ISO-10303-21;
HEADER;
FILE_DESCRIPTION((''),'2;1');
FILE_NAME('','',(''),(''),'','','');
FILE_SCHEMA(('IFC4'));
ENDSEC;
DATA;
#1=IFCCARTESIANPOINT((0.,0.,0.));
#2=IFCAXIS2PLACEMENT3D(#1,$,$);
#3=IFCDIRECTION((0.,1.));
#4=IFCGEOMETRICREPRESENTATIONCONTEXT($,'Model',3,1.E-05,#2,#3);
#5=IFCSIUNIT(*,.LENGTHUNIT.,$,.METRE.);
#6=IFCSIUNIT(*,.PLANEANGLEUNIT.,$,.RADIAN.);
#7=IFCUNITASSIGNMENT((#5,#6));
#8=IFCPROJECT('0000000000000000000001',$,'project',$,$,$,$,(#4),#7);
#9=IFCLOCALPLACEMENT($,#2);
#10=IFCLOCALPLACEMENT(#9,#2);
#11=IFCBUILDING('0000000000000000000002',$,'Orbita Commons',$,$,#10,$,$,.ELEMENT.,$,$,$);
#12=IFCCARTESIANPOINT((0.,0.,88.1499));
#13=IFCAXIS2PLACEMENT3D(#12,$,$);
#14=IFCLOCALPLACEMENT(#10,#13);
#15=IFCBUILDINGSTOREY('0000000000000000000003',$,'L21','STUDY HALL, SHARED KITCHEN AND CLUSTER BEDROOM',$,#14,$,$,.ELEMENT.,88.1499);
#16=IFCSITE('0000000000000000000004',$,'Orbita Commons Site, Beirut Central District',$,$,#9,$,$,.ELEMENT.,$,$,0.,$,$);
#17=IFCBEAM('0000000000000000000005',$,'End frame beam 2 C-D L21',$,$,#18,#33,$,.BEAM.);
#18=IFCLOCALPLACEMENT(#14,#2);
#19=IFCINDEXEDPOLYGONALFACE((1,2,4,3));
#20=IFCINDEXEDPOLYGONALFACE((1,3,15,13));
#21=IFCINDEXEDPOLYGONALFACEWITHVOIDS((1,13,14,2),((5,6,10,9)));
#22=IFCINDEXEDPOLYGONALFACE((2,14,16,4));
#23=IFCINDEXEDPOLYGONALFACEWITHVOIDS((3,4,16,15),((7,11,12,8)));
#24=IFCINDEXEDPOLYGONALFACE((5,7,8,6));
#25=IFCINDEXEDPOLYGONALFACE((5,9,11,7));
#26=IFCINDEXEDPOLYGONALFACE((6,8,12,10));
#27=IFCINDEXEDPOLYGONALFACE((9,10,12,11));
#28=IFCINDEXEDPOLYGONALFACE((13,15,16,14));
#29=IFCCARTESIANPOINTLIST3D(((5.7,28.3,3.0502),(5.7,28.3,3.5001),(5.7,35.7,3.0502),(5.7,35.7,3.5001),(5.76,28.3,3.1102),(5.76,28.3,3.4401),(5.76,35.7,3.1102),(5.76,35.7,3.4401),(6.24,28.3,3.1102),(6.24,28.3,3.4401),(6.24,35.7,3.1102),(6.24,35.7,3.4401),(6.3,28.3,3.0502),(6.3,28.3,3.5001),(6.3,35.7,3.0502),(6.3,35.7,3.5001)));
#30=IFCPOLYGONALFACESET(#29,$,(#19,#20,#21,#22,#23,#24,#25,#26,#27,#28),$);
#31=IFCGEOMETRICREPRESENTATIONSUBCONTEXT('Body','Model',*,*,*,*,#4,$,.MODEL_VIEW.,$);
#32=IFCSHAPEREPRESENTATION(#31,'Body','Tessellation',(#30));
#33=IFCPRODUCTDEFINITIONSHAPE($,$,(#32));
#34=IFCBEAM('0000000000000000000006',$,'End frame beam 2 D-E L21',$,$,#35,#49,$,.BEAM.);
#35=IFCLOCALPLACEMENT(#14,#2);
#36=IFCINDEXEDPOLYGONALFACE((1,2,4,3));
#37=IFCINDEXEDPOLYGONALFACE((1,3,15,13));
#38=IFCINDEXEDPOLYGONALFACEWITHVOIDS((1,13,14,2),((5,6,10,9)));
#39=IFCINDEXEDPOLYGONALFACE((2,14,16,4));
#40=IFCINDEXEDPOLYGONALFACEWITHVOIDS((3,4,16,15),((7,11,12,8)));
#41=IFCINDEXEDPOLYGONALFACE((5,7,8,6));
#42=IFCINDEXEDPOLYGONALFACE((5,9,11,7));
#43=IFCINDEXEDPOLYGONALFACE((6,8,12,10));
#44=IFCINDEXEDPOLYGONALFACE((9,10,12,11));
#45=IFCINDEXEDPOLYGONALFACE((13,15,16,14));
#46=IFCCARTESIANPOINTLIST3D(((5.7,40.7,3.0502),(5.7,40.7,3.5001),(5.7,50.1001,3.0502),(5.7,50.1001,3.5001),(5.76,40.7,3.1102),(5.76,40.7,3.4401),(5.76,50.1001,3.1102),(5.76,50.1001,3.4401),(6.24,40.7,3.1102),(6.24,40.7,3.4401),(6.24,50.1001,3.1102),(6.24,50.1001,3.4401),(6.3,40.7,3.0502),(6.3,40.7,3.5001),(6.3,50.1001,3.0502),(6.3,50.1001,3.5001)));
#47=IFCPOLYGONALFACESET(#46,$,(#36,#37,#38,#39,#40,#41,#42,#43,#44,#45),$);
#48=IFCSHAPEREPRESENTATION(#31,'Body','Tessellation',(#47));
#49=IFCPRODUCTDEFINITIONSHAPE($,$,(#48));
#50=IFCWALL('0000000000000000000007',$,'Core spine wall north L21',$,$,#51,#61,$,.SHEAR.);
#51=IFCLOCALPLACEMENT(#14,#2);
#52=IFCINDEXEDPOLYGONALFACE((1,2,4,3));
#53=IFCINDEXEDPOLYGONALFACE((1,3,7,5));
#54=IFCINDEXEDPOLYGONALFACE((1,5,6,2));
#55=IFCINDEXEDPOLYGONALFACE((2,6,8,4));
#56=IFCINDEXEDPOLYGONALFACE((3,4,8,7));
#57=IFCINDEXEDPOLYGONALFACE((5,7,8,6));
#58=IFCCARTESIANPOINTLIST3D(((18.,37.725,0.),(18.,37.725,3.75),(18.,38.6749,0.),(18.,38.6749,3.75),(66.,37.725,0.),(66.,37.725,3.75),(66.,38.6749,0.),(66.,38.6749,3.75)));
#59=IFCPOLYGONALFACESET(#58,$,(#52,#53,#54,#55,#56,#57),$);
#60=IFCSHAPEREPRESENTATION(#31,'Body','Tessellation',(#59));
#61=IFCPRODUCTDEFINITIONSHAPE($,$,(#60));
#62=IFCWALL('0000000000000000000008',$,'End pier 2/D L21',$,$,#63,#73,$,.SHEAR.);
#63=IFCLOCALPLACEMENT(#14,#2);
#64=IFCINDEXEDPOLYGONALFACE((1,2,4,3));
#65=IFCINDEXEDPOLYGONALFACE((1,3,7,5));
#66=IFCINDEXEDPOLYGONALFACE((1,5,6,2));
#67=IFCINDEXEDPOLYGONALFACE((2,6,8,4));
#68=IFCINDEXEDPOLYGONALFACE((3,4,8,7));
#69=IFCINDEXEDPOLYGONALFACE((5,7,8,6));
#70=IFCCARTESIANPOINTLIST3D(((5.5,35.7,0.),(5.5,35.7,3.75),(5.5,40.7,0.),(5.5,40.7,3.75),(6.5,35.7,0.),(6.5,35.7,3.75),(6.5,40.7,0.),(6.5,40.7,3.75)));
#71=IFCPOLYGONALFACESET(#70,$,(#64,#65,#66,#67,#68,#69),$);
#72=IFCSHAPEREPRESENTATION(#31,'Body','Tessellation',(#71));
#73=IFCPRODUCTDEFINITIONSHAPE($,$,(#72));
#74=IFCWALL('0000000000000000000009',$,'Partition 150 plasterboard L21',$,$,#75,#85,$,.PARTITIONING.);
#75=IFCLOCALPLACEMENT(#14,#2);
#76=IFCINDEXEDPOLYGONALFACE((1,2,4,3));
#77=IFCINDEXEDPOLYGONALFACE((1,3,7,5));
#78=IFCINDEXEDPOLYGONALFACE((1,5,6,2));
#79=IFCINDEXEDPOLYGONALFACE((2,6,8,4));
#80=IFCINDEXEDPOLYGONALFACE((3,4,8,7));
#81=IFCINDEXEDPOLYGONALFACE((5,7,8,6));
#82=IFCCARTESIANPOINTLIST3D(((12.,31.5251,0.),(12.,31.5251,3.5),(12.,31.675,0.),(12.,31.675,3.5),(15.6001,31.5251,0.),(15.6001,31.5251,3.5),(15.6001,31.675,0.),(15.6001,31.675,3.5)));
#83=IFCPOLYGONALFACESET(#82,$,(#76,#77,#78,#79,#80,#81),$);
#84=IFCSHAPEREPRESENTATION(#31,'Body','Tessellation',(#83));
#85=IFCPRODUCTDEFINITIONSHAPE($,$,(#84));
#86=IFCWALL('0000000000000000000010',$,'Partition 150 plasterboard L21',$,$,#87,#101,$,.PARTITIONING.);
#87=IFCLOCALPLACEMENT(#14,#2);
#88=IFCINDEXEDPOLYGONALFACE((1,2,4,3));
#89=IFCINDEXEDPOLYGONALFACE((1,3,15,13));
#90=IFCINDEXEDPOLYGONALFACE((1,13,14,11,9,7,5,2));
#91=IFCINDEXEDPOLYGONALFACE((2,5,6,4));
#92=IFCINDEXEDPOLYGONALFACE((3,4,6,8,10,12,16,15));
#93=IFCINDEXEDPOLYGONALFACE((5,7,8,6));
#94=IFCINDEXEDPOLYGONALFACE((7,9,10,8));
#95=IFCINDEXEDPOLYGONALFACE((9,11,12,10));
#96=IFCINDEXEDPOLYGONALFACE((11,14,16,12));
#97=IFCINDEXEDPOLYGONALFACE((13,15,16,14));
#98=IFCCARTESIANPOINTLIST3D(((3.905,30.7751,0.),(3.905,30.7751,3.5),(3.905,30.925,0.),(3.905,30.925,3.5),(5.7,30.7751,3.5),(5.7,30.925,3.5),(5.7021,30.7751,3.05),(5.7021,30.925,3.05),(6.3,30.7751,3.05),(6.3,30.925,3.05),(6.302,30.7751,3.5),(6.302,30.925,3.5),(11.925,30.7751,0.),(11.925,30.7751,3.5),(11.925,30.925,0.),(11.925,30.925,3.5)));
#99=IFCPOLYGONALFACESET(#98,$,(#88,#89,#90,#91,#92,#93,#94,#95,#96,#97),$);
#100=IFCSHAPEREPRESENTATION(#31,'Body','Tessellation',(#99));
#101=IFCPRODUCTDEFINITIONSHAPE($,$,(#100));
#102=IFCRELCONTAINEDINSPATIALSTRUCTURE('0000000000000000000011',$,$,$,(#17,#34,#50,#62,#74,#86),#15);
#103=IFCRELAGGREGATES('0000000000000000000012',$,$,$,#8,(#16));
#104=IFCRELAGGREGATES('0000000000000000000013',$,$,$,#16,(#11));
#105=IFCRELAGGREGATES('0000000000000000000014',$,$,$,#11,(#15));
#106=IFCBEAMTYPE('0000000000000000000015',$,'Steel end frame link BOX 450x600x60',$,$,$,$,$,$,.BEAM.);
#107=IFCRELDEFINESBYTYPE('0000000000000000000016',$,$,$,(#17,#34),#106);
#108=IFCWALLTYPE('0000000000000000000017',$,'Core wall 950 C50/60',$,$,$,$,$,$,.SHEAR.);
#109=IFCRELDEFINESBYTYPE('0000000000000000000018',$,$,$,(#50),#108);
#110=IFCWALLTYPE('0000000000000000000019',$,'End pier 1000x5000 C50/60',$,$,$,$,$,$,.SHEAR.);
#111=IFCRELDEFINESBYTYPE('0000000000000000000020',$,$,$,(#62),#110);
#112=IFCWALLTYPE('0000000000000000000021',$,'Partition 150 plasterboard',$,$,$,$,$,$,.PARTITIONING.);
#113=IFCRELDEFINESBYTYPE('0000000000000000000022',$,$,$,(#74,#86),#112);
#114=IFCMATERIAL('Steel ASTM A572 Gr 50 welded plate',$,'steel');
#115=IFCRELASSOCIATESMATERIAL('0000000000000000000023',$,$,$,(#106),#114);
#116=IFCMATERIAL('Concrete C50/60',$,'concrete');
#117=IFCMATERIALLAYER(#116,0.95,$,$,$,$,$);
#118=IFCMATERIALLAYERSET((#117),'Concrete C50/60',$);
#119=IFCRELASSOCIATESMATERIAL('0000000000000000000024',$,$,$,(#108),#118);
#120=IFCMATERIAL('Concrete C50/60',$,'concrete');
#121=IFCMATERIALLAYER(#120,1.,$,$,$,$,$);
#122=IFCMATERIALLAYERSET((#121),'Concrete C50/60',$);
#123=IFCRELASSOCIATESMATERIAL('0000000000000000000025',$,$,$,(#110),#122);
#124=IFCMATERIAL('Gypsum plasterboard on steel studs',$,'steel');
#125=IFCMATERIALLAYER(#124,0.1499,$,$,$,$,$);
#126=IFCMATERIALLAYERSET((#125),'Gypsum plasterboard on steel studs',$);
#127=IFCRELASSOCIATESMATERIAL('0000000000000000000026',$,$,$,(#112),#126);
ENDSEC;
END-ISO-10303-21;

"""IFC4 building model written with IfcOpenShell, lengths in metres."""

from ifc_helpers import new_model, si_unit, direction, frame, frame_2d, origin, origin_2d, place, context, subcontext, project, spatial, polyline, rectangle, hollow_rectangle, outline, extrude, material, layer, layer_set, material_profile, profile_set, type_object, element, save


model = new_model("IFC4")

# Units and contexts
model_context = context("Model", 3, precision=1e-05, world=origin(), true_north=direction((0.0, 1.0)))
body_context = subcontext(model_context, "Body", "Model", "MODEL_VIEW")
ifc_project = project(units=[si_unit("LENGTHUNIT", "METRE"), si_unit("PLANEANGLEUNIT", "RADIAN")], contexts=[model_context])

# Site, building, storey
site_placement = place(None, origin())
site = spatial("IfcSite", under=ifc_project, at=site_placement, Name="Orbita Commons Site, Beirut Central District", CompositionType="ELEMENT", RefElevation=0.0)
building_placement = place(site_placement, origin())
building = spatial("IfcBuilding", under=site, at=building_placement, Name="Orbita Commons", CompositionType="ELEMENT")
storey_placement = place(building_placement, frame((0.0, 0.0, 88.1499)))
storey = spatial("IfcBuildingStorey", under=building, at=storey_placement, Name="L21", Description="STUDY HALL, SHARED KITCHEN AND CLUSTER BEDROOM", CompositionType="ELEMENT", Elevation=88.1499)

# Beams
ifc_material_1 = material(Name="Steel ASTM A572 Gr 50 welded plate", Category="steel")
ifc_material_profile = material_profile(ifc_material_1, hollow_rectangle(XDim=0.6001, YDim=0.45, WallThickness=0.0601, at=origin_2d()), Name="BOX 450x600x60")
ifc_profile_set = profile_set([ifc_material_profile], Name="Steel ASTM A572 Gr 50 welded plate")
beam_type = type_object("IfcBeamType", Name="Steel end frame link BOX 450x600x60", PredefinedType="BEAM", material=ifc_profile_set)
beam_1_placement = place(storey_placement, frame((6.0, 28.3, 3.2751), z_axis=(0.0, 1.0, 0.0), x_axis=(-1.0, 0.0, 0.0)))
element("IfcBeam", 1, at=beam_1_placement, inside=storey, type_object=beam_type, Name="End frame beam 2 C-D L21", PredefinedType="BEAM", context=body_context, shape_type="SweptSolid", body=[
    extrude(hollow_rectangle(XDim=0.6001, YDim=0.45, WallThickness=0.0601, at=origin_2d()), origin(), (0.0, 0.0, 1.0), 7.3999),
])
beam_2_placement = place(storey_placement, frame((6.0, 40.7, 3.2751), z_axis=(0.0, 1.0, 0.0), x_axis=(-1.0, 0.0, 0.0)))
element("IfcBeam", 2, at=beam_2_placement, inside=storey, type_object=beam_type, Name="End frame beam 2 D-E L21", PredefinedType="BEAM", context=body_context, shape_type="SweptSolid", body=[
    extrude(hollow_rectangle(XDim=0.6001, YDim=0.45, WallThickness=0.0601, at=origin_2d()), origin(), (0.0, 0.0, 1.0), 9.4001),
])

# Walls
ifc_material_2 = material(Name="Concrete C50/60", Category="concrete")
ifc_layer_1 = layer(ifc_material_2, 0.95)
ifc_layer_set_1 = layer_set([ifc_layer_1], Name="Concrete C50/60")
wall_type_1 = type_object("IfcWallType", Name="Core wall 950 C50/60", PredefinedType="SHEAR", material=ifc_layer_set_1)
wall_1_placement = place(storey_placement, frame((18.0, 38.2, 0.0), z_axis=(0.0, 0.0, 1.0), x_axis=(1.0, 0.0, 0.0)))
element("IfcWall", 3, at=wall_1_placement, inside=storey, type_object=wall_type_1, Name="Core spine wall north L21", PredefinedType="SHEAR", context=body_context, shape_type="SweptSolid", body=[
    extrude(rectangle(XDim=48.0, YDim=0.95, at=frame_2d((24.0, 0.0))), origin(), (0.0, 0.0, 1.0), 3.75),
])
ifc_material_3 = material(Name="Concrete C50/60", Category="concrete")
ifc_layer_2 = layer(ifc_material_3, 1.0)
ifc_layer_set_2 = layer_set([ifc_layer_2], Name="Concrete C50/60")
wall_type_2 = type_object("IfcWallType", Name="End pier 1000x5000 C50/60", PredefinedType="SHEAR", material=ifc_layer_set_2)
wall_2_placement = place(storey_placement, frame((6.0, 35.7, 0.0), z_axis=(0.0, 0.0, 1.0), x_axis=(0.0, 1.0, 0.0)))
element("IfcWall", 4, at=wall_2_placement, inside=storey, type_object=wall_type_2, Name="End pier 2/D L21", PredefinedType="SHEAR", context=body_context, shape_type="SweptSolid", body=[
    extrude(rectangle(XDim=5.0, YDim=1.0, at=frame_2d((2.5, 0.0))), origin(), (0.0, 0.0, 1.0), 3.75),
])
ifc_material_4 = material(Name="Gypsum plasterboard on steel studs", Category="steel")
ifc_layer_3 = layer(ifc_material_4, 0.1499)
ifc_layer_set_3 = layer_set([ifc_layer_3], Name="Gypsum plasterboard on steel studs")
wall_type_3 = type_object("IfcWallType", Name="Partition 150 plasterboard", PredefinedType="PARTITIONING", material=ifc_layer_set_3)
wall_3_placement = place(storey_placement, frame((12.0, 31.6001, 0.0), z_axis=(0.0, 0.0, 1.0), x_axis=(1.0, 0.0, 0.0)))
element("IfcWall", 5, at=wall_3_placement, inside=storey, type_object=wall_type_3, Name="Partition 150 plasterboard L21", PredefinedType="PARTITIONING", context=body_context, shape_type="SweptSolid", body=[
    extrude(rectangle(XDim=3.6001, YDim=0.1499, at=frame_2d((1.8, 0.0))), origin(), (0.0, 0.0, 1.0), 3.5),
])
wall_4_placement = place(storey_placement, frame((3.905, 30.8501, 0.0), z_axis=(0.0, 0.0, 1.0), x_axis=(1.0, 0.0, 0.0)))
element("IfcWall", 6, at=wall_4_placement, inside=storey, type_object=wall_type_3, Name="Partition 150 plasterboard L21", PredefinedType="PARTITIONING", context=body_context, shape_type="SweptSolid", body=[
    extrude(outline(polyline([(0.0, 0.0), (8.02, 0.0), (8.02, 3.5), (2.397, 3.5), (2.395, 3.05), (1.7971, 3.05), (1.7949, 3.5), (0.0, 3.5), (0.0, 0.0)])), frame((0.0, 0.075, 0.0), z_axis=(0.0, -1.0, 0.0), x_axis=(1.0, 0.0, 0.0)), (0.0, 0.0, 1.0), 0.1499),
])

save(model, "model.ifc")
